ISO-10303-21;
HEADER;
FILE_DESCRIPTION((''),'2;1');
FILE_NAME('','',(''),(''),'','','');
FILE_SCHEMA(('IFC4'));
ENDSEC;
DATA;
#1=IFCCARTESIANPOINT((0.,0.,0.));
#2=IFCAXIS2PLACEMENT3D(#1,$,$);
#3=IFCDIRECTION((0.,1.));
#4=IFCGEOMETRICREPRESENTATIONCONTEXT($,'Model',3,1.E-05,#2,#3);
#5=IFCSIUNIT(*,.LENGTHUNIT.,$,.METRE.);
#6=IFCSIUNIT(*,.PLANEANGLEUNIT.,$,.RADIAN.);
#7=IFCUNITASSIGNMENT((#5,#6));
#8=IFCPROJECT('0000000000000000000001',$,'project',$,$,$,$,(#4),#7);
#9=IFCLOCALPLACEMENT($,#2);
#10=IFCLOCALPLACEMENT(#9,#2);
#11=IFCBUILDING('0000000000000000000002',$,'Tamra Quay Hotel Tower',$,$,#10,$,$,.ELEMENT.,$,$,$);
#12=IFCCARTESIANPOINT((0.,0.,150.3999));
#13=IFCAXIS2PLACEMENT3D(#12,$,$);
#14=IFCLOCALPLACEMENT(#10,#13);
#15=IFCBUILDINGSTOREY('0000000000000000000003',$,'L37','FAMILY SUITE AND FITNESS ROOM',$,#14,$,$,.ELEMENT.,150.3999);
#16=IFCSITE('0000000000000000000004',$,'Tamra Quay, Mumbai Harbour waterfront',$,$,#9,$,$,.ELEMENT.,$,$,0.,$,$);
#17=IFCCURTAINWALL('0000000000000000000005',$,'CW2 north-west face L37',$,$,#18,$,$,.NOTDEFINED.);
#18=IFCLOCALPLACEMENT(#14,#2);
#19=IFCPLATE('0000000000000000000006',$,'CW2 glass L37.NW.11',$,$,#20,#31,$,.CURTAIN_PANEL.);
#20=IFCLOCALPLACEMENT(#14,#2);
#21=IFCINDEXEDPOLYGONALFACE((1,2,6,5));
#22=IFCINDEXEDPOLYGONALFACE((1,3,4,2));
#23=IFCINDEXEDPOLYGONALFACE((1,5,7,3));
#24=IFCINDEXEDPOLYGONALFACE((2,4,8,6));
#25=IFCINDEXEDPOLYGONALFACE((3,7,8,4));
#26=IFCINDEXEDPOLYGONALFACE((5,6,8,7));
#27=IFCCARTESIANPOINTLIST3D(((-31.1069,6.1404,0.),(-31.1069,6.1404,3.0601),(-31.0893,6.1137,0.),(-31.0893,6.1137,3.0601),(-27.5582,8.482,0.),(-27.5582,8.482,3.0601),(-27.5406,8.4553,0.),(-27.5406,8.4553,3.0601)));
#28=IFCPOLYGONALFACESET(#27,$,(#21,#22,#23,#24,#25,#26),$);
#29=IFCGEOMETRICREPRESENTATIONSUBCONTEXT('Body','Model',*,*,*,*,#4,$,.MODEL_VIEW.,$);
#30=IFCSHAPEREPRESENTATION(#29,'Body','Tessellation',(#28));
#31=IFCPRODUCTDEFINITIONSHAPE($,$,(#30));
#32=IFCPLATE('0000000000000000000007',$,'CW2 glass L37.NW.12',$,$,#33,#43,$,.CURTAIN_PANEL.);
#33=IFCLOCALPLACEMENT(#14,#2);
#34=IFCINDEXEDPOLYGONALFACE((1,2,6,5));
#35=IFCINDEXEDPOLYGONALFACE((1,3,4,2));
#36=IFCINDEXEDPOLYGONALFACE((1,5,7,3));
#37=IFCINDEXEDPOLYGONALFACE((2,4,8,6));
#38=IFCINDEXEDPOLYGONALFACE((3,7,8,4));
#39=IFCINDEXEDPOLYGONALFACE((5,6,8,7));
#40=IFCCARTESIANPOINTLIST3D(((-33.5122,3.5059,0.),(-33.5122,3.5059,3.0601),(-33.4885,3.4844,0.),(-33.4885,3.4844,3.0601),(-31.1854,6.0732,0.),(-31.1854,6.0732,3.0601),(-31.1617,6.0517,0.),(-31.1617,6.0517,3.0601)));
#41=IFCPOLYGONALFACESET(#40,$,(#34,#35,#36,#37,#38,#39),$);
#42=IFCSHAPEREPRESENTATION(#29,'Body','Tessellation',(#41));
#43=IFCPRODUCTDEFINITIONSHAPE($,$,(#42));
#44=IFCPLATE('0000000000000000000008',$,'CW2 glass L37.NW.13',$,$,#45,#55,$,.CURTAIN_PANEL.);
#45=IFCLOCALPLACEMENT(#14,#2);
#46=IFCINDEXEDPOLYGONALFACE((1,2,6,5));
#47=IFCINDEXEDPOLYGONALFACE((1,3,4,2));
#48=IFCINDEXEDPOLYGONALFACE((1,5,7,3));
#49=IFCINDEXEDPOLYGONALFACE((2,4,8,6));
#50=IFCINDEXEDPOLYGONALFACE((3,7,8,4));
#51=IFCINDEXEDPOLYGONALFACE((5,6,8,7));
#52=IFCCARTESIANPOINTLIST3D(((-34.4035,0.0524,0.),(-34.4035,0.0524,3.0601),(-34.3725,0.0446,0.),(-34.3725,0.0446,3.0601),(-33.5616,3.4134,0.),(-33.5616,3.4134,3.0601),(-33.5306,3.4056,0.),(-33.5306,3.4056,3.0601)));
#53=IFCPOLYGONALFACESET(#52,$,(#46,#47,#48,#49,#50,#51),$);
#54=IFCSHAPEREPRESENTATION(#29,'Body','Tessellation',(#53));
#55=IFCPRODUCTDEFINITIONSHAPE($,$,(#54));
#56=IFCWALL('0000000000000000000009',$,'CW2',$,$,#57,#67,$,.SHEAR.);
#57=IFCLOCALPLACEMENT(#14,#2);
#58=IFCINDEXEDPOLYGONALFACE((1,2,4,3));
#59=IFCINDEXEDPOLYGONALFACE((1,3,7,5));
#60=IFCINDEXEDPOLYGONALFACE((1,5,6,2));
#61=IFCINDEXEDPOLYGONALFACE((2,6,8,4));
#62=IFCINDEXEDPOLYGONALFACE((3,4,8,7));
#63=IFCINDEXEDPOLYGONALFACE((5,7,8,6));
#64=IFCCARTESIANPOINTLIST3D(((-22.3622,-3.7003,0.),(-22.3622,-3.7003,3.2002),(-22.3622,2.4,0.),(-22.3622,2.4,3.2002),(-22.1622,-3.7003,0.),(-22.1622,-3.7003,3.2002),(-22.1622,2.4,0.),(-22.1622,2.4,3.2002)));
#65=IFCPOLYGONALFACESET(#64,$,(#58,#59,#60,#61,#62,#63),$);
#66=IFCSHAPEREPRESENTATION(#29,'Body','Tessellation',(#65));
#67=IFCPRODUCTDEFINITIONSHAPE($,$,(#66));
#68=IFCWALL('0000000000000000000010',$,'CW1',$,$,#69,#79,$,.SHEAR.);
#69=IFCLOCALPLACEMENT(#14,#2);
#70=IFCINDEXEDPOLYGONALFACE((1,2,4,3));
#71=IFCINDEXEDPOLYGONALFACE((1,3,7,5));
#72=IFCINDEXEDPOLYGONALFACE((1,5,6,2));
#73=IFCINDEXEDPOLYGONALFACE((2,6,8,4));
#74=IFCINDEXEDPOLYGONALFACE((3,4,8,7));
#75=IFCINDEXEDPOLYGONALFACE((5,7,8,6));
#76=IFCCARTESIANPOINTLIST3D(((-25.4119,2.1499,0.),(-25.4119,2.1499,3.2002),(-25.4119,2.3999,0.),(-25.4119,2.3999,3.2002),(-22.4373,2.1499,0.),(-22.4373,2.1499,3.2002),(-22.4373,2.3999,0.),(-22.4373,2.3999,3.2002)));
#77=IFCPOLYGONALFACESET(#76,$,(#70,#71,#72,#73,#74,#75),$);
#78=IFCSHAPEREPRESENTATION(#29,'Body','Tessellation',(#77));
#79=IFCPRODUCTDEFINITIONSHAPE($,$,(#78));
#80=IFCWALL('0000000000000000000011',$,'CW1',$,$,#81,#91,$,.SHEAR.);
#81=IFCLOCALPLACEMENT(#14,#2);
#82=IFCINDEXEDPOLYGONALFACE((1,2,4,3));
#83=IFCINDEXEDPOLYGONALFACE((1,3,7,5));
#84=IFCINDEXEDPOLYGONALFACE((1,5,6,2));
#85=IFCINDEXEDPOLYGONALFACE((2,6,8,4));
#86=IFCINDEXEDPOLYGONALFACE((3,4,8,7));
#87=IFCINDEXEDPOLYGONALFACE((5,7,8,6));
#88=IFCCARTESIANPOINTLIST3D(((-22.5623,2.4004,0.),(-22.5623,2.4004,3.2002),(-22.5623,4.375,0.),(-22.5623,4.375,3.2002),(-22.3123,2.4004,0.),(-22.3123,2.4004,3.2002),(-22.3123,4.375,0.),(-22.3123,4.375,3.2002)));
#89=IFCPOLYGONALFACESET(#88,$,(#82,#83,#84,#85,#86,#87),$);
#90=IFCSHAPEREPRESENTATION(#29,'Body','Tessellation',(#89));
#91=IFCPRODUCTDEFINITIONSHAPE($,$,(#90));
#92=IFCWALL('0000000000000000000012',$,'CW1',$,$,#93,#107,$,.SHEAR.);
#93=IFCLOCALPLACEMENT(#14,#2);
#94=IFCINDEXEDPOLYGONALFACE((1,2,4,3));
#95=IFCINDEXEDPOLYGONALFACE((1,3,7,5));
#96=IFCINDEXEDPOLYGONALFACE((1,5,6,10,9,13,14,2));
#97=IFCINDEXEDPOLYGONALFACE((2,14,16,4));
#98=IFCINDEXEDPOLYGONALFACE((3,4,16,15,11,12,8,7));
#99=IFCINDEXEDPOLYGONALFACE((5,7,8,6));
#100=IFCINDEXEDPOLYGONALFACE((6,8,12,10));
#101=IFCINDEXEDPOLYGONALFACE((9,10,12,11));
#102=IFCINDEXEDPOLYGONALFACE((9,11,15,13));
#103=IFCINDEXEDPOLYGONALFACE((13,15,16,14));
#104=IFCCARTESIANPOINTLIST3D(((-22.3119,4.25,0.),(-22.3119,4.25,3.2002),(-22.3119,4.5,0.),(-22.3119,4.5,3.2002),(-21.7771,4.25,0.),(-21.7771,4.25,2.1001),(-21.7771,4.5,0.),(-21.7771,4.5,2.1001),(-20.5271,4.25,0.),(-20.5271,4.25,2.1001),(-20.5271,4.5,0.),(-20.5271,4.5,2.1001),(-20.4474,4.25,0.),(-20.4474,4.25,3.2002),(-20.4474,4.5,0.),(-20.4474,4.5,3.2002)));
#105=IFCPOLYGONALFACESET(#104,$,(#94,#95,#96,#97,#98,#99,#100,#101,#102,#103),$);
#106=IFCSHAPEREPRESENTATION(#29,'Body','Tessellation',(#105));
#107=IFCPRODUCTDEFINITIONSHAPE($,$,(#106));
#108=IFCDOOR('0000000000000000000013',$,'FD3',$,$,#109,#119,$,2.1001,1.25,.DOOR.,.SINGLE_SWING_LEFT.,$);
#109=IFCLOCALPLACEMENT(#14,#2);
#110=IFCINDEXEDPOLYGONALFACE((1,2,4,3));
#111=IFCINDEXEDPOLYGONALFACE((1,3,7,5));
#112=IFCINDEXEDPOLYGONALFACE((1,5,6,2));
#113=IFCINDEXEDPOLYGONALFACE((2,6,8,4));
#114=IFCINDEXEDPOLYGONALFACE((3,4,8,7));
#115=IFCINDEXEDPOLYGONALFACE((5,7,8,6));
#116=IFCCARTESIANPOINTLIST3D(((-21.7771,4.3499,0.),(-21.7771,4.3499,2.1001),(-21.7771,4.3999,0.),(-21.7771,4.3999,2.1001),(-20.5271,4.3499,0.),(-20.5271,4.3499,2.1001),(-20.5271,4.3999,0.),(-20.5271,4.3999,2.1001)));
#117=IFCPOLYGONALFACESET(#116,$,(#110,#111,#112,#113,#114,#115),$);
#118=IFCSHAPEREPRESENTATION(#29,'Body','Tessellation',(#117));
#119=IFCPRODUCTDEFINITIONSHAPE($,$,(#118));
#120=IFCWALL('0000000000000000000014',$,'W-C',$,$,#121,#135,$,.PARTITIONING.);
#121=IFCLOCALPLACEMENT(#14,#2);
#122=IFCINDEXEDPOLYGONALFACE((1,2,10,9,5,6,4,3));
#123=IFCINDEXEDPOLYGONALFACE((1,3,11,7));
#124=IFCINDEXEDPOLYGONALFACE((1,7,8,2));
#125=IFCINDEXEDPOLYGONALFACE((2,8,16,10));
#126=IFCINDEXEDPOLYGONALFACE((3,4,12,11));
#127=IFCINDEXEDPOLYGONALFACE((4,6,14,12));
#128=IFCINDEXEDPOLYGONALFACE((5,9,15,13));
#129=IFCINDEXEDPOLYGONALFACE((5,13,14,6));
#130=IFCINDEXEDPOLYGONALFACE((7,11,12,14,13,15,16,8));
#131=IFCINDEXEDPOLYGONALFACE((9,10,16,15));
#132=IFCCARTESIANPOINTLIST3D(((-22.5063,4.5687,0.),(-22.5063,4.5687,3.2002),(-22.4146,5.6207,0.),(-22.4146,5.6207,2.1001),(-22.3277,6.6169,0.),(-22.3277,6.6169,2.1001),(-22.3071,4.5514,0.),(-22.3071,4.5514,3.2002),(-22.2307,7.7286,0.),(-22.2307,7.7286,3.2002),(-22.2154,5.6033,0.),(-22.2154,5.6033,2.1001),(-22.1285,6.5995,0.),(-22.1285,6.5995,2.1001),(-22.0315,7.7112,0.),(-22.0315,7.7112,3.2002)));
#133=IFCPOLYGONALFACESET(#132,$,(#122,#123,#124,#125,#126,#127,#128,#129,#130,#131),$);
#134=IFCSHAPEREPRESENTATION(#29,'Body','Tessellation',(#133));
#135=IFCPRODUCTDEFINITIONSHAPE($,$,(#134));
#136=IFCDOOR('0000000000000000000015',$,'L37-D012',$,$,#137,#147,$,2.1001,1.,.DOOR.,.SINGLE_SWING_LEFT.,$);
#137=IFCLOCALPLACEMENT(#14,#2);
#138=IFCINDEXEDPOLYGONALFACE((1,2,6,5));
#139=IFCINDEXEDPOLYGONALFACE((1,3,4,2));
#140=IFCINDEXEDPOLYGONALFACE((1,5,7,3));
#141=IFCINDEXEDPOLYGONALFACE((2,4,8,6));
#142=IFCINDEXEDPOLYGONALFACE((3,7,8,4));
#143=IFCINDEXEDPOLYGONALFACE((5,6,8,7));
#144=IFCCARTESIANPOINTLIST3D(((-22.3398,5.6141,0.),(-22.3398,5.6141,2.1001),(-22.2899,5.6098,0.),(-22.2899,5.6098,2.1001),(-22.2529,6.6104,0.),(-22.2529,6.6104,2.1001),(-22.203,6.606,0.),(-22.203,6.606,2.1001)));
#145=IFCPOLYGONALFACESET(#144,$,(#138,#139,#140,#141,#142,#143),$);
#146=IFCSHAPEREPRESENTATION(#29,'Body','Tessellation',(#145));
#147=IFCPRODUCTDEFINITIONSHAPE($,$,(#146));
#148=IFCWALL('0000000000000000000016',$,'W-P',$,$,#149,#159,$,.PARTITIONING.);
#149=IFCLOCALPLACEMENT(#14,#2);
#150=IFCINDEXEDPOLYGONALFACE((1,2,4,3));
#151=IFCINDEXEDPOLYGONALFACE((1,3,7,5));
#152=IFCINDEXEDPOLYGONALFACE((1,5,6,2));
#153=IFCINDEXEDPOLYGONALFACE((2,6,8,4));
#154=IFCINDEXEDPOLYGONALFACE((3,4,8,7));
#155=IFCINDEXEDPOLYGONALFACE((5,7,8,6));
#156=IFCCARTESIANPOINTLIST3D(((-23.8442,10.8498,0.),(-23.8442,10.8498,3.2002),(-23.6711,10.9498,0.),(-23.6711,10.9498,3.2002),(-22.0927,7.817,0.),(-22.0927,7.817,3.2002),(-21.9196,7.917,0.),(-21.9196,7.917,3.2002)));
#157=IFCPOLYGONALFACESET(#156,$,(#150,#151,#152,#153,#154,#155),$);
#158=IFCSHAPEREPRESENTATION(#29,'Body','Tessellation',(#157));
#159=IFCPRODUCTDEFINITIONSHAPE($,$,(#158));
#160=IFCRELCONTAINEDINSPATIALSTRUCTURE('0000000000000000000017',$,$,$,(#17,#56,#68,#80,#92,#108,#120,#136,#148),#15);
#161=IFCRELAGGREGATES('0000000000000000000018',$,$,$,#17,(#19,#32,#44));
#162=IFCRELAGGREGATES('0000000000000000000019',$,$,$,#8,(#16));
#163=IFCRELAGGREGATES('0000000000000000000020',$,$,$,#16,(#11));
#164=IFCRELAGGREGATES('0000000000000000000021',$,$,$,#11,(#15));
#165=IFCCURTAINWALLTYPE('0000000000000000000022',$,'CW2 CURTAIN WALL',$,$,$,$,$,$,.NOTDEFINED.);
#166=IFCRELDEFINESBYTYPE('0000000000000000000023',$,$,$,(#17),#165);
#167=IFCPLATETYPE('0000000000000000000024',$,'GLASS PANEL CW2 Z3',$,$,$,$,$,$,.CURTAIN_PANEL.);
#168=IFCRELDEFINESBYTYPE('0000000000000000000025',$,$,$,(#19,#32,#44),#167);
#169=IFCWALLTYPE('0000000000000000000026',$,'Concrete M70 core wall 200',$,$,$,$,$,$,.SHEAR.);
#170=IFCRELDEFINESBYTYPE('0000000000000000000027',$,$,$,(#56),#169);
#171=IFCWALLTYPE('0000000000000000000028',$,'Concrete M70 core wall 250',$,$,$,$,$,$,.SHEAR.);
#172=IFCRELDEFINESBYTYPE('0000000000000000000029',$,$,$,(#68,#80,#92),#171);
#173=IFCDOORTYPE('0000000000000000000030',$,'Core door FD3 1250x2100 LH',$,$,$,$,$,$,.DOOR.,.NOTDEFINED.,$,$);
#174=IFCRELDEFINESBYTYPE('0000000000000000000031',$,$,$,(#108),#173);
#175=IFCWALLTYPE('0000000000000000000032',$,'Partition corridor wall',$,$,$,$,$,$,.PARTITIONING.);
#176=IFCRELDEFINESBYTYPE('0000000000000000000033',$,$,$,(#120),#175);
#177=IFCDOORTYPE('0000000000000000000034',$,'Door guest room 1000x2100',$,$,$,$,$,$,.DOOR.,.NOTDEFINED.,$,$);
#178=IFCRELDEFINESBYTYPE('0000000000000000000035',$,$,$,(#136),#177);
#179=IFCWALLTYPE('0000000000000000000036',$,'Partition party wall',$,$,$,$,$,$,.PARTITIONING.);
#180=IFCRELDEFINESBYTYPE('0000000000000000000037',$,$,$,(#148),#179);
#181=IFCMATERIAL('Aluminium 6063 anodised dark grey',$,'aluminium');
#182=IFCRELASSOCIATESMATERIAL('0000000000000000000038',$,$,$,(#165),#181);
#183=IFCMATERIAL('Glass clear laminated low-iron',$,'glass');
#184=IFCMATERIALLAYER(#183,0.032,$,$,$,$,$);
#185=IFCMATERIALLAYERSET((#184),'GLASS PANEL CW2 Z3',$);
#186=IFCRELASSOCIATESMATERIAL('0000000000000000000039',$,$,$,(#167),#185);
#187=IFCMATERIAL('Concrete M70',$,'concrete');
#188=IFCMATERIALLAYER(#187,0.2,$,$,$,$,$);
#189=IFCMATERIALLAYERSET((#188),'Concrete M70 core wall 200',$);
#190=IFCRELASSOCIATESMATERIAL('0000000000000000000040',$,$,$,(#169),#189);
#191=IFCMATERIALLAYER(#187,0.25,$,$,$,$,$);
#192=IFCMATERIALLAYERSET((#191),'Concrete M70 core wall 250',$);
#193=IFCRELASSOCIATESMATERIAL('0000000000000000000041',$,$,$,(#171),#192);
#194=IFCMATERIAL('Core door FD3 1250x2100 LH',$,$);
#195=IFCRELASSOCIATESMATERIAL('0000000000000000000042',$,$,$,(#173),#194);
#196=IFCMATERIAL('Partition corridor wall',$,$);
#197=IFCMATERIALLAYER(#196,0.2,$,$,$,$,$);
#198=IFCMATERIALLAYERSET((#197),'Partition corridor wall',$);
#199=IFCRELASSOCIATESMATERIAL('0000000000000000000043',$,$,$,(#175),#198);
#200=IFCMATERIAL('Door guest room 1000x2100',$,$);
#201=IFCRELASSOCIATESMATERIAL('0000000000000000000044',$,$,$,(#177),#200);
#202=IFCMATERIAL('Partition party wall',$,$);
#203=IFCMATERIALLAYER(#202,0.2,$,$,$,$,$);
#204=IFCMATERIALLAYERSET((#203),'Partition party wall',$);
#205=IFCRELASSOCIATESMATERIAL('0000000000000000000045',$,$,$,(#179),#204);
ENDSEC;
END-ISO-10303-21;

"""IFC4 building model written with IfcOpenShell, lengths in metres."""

from ifc_helpers import new_model, si_unit, direction, frame, frame_2d, origin, origin_2d, place, context, subcontext, project, spatial, rectangle, extrude, material, layer, layer_set, type_object, element, fill, aggregate, save


model = new_model("IFC4")

# Units and contexts
model_context = context("Model", 3, precision=1e-05, world=origin(), true_north=direction((0.0, 1.0)))
body_context = subcontext(model_context, "Body", "Model", "MODEL_VIEW")
ifc_project = project(units=[si_unit("LENGTHUNIT", "METRE"), si_unit("PLANEANGLEUNIT", "RADIAN")], contexts=[model_context])

# Site, building, storey
site_placement = place(None, origin())
site = spatial("IfcSite", under=ifc_project, at=site_placement, Name="Tamra Quay, Mumbai Harbour waterfront", CompositionType="ELEMENT", RefElevation=0.0)
building_placement = place(site_placement, origin())
building = spatial("IfcBuilding", under=site, at=building_placement, Name="Tamra Quay Hotel Tower", CompositionType="ELEMENT")
storey_placement = place(building_placement, frame((0.0, 0.0, 150.3999)))
storey = spatial("IfcBuildingStorey", under=building, at=storey_placement, Name="L37", Description="FAMILY SUITE AND FITNESS ROOM", CompositionType="ELEMENT", Elevation=150.3999)

# Shared definitions
ifc_material_1 = material(Name="Concrete M70", Category="concrete")

# Curtain wall
ifc_material_2 = material(Name="Aluminium 6063 anodised dark grey", Category="aluminium")
curtain_wall_type = type_object("IfcCurtainWallType", Name="CW2 CURTAIN WALL", PredefinedType="NOTDEFINED", material=ifc_material_2)
curtain_wall_placement = place(storey_placement, origin())
curtain_wall = element("IfcCurtainWall", 1, at=curtain_wall_placement, inside=storey, type_object=curtain_wall_type, Name="CW2 north-west face L37", PredefinedType="NOTDEFINED")

# Plates
ifc_material_3 = material(Name="Glass clear laminated low-iron", Category="glass")
ifc_layer_1 = layer(ifc_material_3, 0.032)
ifc_layer_set_1 = layer_set([ifc_layer_1], Name="GLASS PANEL CW2 Z3")
plate_type = type_object("IfcPlateType", Name="GLASS PANEL CW2 Z3", PredefinedType="CURTAIN_PANEL", material=ifc_layer_set_1)
plate_1_placement = place(storey_placement, frame((-29.3237, 7.2979, 0.0), z_axis=(0.0, 0.0, 1.0), x_axis=(-0.834663, -0.550761, 0.0)))
plate_1 = element("IfcPlate", 2, at=plate_1_placement, type_object=plate_type, Name="CW2 glass L37.NW.11", PredefinedType="CURTAIN_PANEL", context=body_context, shape_type="SweptSolid", body=[
    extrude(rectangle(XDim=4.2517, YDim=0.032, at=origin_2d()), origin(), (0.0, 0.0, 1.0), 3.0601),
])
plate_2_placement = place(storey_placement, frame((-32.3369, 4.7788, 0.0), z_axis=(0.0, 0.0, 1.0), x_axis=(-0.67155, -0.740959, 0.0)))
plate_2 = element("IfcPlate", 3, at=plate_2_placement, type_object=plate_type, Name="CW2 glass L37.NW.12", PredefinedType="CURTAIN_PANEL", context=body_context, shape_type="SweptSolid", body=[
    extrude(rectangle(XDim=3.4648, YDim=0.032, at=origin_2d()), origin(), (0.0, 0.0, 1.0), 3.0601),
])
plate_3_placement = place(storey_placement, frame((-33.967, 1.729, 0.0), z_axis=(0.0, 0.0, 1.0), x_axis=(-0.242976, -0.970032, 0.0)))
plate_3 = element("IfcPlate", 4, at=plate_3_placement, type_object=plate_type, Name="CW2 glass L37.NW.13", PredefinedType="CURTAIN_PANEL", context=body_context, shape_type="SweptSolid", body=[
    extrude(rectangle(XDim=3.4648, YDim=0.032, at=origin_2d()), origin(), (0.0, 0.0, 1.0), 3.0601),
])
aggregate(curtain_wall, [plate_1, plate_2, plate_3])

# Walls
ifc_layer_2 = layer(ifc_material_1, 0.2)
ifc_layer_set_2 = layer_set([ifc_layer_2], Name="Concrete M70 core wall 200")
wall_type_1 = type_object("IfcWallType", Name="Concrete M70 core wall 200", PredefinedType="SHEAR", material=ifc_layer_set_2)
wall_1_placement = place(storey_placement, frame((-22.2622, 2.4001, 0.0), z_axis=(0.0, 0.0, 1.0), x_axis=(0.0, -1.0, 0.0)))
element("IfcWall", 5, at=wall_1_placement, inside=storey, type_object=wall_type_1, Name="CW2", PredefinedType="SHEAR", context=body_context, shape_type="SweptSolid", body=[
    extrude(rectangle(XDim=6.1003, YDim=0.2, at=frame_2d((3.0503, 0.0))), origin(), (0.0, 0.0, 1.0), 3.2002),
])
ifc_layer_3 = layer(ifc_material_1, 0.25)
ifc_layer_set_3 = layer_set([ifc_layer_3], Name="Concrete M70 core wall 250")
wall_type_2 = type_object("IfcWallType", Name="Concrete M70 core wall 250", PredefinedType="SHEAR", material=ifc_layer_set_3)
wall_2_placement = place(storey_placement, frame((-25.4119, 2.2749, 0.0), z_axis=(0.0, 0.0, 1.0), x_axis=(1.0, 0.0, 0.0)))
element("IfcWall", 6, at=wall_2_placement, inside=storey, type_object=wall_type_2, Name="CW1", PredefinedType="SHEAR", context=body_context, shape_type="SweptSolid", body=[
    extrude(rectangle(XDim=2.9746, YDim=0.25, at=frame_2d((1.4873, 0.0))), origin(), (0.0, 0.0, 1.0), 3.2002),
])
wall_3_placement = place(storey_placement, frame((-22.4373, 2.4004, 0.0), z_axis=(0.0, 0.0, 1.0), x_axis=(0.0, 1.0, 0.0)))
element("IfcWall", 7, at=wall_3_placement, inside=storey, type_object=wall_type_2, Name="CW1", PredefinedType="SHEAR", context=body_context, shape_type="SweptSolid", body=[
    extrude(rectangle(XDim=1.9746, YDim=0.25, at=frame_2d((0.9873, 0.0))), origin(), (0.0, 0.0, 1.0), 3.2002),
])

# Walls, openings, doors
wall_4_placement = place(storey_placement, frame((-22.3118, 4.375, 0.0), z_axis=(0.0, 0.0, 1.0), x_axis=(1.0, 0.0, 0.0)))
wall_4 = element("IfcWall", 8, at=wall_4_placement, inside=storey, type_object=wall_type_2, Name="CW1", PredefinedType="SHEAR", context=body_context, shape_type="SweptSolid", body=[
    extrude(rectangle(XDim=1.8645, YDim=0.25, at=frame_2d((0.9321, 0.0))), origin(), (0.0, 0.0, 1.0), 3.2002),
])
opening_1_placement = place(wall_4_placement, frame((0.5347, 0.0, 0.0)))
opening_1 = element("IfcOpeningElement", 9, at=opening_1_placement, cuts=wall_4, PredefinedType="OPENING", context=body_context, shape_type="SweptSolid", body=[
    extrude(rectangle(XDim=1.25, YDim=2.1001, at=frame_2d((0.625, 1.05))), frame((0.0, 0.135, 0.0), z_axis=(0.0, -1.0, 0.0), x_axis=(1.0, 0.0, 0.0)), (0.0, 0.0, 1.0), 0.27),
])
ifc_material_4 = material(Name="Core door FD3 1250x2100 LH")
door_type_1 = type_object("IfcDoorType", Name="Core door FD3 1250x2100 LH", OperationType="NOTDEFINED", PredefinedType="DOOR", material=ifc_material_4)
door_1_placement = place(opening_1_placement, origin())
door_1 = element("IfcDoor", 10, at=door_1_placement, inside=storey, type_object=door_type_1, Name="FD3", OperationType="SINGLE_SWING_LEFT", OverallHeight=2.1001, OverallWidth=1.25, PredefinedType="DOOR", context=body_context, shape_type="SweptSolid", body=[
    extrude(rectangle(XDim=1.25, YDim=2.1001, at=frame_2d((0.625, 1.05))), frame((0.0, 0.0249, 0.0), z_axis=(0.0, -1.0, 0.0), x_axis=(1.0, 0.0, 0.0)), (0.0, 0.0, 1.0), 0.05),
])
fill(opening_1, door_1)
ifc_material_5 = material(Name="Partition corridor wall")
ifc_layer_4 = layer(ifc_material_5, 0.2)
ifc_layer_set_4 = layer_set([ifc_layer_4], Name="Partition corridor wall")
wall_type_3 = type_object("IfcWallType", Name="Partition corridor wall", PredefinedType="PARTITIONING", material=ifc_layer_set_4)
wall_5_placement = place(storey_placement, frame((-22.4067, 4.5601, 0.0), z_axis=(0.0, 0.0, 1.0), x_axis=(0.086899, 0.996217, 0.0)))
wall_5 = element("IfcWall", 11, at=wall_5_placement, inside=storey, type_object=wall_type_3, Name="W-C", PredefinedType="PARTITIONING", context=body_context, shape_type="SweptSolid", body=[
    extrude(rectangle(XDim=3.1719, YDim=0.2, at=frame_2d((1.5859, 0.0))), origin(), (0.0, 0.0, 1.0), 3.2002),
])
opening_2_placement = place(wall_5_placement, frame((1.0559, 0.0, 0.0)))
opening_2 = element("IfcOpeningElement", 12, at=opening_2_placement, cuts=wall_5, PredefinedType="OPENING", context=body_context, shape_type="SweptSolid", body=[
    extrude(rectangle(XDim=1.0, YDim=2.1001, at=frame_2d((0.5, 1.05))), frame((0.0, 0.1099, 0.0), z_axis=(0.0, -1.0, 0.0), x_axis=(1.0, 0.0, 0.0)), (0.0, 0.0, 1.0), 0.22),
])
ifc_material_6 = material(Name="Door guest room 1000x2100")
door_type_2 = type_object("IfcDoorType", Name="Door guest room 1000x2100", OperationType="NOTDEFINED", PredefinedType="DOOR", material=ifc_material_6)
door_2_placement = place(opening_2_placement, origin())
door_2 = element("IfcDoor", 13, at=door_2_placement, inside=storey, type_object=door_type_2, Name="L37-D012", OperationType="SINGLE_SWING_LEFT", OverallHeight=2.1001, OverallWidth=1.0, PredefinedType="DOOR", context=body_context, shape_type="SweptSolid", body=[
    extrude(rectangle(XDim=1.0, YDim=2.1001, at=frame_2d((0.5, 1.05))), frame((0.0, 0.0249, 0.0), z_axis=(0.0, -1.0, 0.0), x_axis=(1.0, 0.0, 0.0)), (0.0, 0.0, 1.0), 0.05),
])
fill(opening_2, door_2)

# Wall
ifc_material_7 = material(Name="Partition party wall")
ifc_layer_5 = layer(ifc_material_7, 0.2)
ifc_layer_set_5 = layer_set([ifc_layer_5], Name="Partition party wall")
wall_type_4 = type_object("IfcWallType", Name="Partition party wall", PredefinedType="PARTITIONING", material=ifc_layer_set_5)
wall_6_placement = place(storey_placement, frame((-23.7576, 10.8997, 0.0), z_axis=(0.0, 0.0, 1.0), x_axis=(0.500113, -0.86596, 0.0)))
element("IfcWall", 14, at=wall_6_placement, inside=storey, type_object=wall_type_4, Name="W-P", PredefinedType="PARTITIONING", context=body_context, shape_type="SweptSolid", body=[
    extrude(rectangle(XDim=3.5022, YDim=0.2, at=frame_2d((1.751, 0.0))), origin(), (0.0, 0.0, 1.0), 3.2002),
])

save(model, "model.ifc")
